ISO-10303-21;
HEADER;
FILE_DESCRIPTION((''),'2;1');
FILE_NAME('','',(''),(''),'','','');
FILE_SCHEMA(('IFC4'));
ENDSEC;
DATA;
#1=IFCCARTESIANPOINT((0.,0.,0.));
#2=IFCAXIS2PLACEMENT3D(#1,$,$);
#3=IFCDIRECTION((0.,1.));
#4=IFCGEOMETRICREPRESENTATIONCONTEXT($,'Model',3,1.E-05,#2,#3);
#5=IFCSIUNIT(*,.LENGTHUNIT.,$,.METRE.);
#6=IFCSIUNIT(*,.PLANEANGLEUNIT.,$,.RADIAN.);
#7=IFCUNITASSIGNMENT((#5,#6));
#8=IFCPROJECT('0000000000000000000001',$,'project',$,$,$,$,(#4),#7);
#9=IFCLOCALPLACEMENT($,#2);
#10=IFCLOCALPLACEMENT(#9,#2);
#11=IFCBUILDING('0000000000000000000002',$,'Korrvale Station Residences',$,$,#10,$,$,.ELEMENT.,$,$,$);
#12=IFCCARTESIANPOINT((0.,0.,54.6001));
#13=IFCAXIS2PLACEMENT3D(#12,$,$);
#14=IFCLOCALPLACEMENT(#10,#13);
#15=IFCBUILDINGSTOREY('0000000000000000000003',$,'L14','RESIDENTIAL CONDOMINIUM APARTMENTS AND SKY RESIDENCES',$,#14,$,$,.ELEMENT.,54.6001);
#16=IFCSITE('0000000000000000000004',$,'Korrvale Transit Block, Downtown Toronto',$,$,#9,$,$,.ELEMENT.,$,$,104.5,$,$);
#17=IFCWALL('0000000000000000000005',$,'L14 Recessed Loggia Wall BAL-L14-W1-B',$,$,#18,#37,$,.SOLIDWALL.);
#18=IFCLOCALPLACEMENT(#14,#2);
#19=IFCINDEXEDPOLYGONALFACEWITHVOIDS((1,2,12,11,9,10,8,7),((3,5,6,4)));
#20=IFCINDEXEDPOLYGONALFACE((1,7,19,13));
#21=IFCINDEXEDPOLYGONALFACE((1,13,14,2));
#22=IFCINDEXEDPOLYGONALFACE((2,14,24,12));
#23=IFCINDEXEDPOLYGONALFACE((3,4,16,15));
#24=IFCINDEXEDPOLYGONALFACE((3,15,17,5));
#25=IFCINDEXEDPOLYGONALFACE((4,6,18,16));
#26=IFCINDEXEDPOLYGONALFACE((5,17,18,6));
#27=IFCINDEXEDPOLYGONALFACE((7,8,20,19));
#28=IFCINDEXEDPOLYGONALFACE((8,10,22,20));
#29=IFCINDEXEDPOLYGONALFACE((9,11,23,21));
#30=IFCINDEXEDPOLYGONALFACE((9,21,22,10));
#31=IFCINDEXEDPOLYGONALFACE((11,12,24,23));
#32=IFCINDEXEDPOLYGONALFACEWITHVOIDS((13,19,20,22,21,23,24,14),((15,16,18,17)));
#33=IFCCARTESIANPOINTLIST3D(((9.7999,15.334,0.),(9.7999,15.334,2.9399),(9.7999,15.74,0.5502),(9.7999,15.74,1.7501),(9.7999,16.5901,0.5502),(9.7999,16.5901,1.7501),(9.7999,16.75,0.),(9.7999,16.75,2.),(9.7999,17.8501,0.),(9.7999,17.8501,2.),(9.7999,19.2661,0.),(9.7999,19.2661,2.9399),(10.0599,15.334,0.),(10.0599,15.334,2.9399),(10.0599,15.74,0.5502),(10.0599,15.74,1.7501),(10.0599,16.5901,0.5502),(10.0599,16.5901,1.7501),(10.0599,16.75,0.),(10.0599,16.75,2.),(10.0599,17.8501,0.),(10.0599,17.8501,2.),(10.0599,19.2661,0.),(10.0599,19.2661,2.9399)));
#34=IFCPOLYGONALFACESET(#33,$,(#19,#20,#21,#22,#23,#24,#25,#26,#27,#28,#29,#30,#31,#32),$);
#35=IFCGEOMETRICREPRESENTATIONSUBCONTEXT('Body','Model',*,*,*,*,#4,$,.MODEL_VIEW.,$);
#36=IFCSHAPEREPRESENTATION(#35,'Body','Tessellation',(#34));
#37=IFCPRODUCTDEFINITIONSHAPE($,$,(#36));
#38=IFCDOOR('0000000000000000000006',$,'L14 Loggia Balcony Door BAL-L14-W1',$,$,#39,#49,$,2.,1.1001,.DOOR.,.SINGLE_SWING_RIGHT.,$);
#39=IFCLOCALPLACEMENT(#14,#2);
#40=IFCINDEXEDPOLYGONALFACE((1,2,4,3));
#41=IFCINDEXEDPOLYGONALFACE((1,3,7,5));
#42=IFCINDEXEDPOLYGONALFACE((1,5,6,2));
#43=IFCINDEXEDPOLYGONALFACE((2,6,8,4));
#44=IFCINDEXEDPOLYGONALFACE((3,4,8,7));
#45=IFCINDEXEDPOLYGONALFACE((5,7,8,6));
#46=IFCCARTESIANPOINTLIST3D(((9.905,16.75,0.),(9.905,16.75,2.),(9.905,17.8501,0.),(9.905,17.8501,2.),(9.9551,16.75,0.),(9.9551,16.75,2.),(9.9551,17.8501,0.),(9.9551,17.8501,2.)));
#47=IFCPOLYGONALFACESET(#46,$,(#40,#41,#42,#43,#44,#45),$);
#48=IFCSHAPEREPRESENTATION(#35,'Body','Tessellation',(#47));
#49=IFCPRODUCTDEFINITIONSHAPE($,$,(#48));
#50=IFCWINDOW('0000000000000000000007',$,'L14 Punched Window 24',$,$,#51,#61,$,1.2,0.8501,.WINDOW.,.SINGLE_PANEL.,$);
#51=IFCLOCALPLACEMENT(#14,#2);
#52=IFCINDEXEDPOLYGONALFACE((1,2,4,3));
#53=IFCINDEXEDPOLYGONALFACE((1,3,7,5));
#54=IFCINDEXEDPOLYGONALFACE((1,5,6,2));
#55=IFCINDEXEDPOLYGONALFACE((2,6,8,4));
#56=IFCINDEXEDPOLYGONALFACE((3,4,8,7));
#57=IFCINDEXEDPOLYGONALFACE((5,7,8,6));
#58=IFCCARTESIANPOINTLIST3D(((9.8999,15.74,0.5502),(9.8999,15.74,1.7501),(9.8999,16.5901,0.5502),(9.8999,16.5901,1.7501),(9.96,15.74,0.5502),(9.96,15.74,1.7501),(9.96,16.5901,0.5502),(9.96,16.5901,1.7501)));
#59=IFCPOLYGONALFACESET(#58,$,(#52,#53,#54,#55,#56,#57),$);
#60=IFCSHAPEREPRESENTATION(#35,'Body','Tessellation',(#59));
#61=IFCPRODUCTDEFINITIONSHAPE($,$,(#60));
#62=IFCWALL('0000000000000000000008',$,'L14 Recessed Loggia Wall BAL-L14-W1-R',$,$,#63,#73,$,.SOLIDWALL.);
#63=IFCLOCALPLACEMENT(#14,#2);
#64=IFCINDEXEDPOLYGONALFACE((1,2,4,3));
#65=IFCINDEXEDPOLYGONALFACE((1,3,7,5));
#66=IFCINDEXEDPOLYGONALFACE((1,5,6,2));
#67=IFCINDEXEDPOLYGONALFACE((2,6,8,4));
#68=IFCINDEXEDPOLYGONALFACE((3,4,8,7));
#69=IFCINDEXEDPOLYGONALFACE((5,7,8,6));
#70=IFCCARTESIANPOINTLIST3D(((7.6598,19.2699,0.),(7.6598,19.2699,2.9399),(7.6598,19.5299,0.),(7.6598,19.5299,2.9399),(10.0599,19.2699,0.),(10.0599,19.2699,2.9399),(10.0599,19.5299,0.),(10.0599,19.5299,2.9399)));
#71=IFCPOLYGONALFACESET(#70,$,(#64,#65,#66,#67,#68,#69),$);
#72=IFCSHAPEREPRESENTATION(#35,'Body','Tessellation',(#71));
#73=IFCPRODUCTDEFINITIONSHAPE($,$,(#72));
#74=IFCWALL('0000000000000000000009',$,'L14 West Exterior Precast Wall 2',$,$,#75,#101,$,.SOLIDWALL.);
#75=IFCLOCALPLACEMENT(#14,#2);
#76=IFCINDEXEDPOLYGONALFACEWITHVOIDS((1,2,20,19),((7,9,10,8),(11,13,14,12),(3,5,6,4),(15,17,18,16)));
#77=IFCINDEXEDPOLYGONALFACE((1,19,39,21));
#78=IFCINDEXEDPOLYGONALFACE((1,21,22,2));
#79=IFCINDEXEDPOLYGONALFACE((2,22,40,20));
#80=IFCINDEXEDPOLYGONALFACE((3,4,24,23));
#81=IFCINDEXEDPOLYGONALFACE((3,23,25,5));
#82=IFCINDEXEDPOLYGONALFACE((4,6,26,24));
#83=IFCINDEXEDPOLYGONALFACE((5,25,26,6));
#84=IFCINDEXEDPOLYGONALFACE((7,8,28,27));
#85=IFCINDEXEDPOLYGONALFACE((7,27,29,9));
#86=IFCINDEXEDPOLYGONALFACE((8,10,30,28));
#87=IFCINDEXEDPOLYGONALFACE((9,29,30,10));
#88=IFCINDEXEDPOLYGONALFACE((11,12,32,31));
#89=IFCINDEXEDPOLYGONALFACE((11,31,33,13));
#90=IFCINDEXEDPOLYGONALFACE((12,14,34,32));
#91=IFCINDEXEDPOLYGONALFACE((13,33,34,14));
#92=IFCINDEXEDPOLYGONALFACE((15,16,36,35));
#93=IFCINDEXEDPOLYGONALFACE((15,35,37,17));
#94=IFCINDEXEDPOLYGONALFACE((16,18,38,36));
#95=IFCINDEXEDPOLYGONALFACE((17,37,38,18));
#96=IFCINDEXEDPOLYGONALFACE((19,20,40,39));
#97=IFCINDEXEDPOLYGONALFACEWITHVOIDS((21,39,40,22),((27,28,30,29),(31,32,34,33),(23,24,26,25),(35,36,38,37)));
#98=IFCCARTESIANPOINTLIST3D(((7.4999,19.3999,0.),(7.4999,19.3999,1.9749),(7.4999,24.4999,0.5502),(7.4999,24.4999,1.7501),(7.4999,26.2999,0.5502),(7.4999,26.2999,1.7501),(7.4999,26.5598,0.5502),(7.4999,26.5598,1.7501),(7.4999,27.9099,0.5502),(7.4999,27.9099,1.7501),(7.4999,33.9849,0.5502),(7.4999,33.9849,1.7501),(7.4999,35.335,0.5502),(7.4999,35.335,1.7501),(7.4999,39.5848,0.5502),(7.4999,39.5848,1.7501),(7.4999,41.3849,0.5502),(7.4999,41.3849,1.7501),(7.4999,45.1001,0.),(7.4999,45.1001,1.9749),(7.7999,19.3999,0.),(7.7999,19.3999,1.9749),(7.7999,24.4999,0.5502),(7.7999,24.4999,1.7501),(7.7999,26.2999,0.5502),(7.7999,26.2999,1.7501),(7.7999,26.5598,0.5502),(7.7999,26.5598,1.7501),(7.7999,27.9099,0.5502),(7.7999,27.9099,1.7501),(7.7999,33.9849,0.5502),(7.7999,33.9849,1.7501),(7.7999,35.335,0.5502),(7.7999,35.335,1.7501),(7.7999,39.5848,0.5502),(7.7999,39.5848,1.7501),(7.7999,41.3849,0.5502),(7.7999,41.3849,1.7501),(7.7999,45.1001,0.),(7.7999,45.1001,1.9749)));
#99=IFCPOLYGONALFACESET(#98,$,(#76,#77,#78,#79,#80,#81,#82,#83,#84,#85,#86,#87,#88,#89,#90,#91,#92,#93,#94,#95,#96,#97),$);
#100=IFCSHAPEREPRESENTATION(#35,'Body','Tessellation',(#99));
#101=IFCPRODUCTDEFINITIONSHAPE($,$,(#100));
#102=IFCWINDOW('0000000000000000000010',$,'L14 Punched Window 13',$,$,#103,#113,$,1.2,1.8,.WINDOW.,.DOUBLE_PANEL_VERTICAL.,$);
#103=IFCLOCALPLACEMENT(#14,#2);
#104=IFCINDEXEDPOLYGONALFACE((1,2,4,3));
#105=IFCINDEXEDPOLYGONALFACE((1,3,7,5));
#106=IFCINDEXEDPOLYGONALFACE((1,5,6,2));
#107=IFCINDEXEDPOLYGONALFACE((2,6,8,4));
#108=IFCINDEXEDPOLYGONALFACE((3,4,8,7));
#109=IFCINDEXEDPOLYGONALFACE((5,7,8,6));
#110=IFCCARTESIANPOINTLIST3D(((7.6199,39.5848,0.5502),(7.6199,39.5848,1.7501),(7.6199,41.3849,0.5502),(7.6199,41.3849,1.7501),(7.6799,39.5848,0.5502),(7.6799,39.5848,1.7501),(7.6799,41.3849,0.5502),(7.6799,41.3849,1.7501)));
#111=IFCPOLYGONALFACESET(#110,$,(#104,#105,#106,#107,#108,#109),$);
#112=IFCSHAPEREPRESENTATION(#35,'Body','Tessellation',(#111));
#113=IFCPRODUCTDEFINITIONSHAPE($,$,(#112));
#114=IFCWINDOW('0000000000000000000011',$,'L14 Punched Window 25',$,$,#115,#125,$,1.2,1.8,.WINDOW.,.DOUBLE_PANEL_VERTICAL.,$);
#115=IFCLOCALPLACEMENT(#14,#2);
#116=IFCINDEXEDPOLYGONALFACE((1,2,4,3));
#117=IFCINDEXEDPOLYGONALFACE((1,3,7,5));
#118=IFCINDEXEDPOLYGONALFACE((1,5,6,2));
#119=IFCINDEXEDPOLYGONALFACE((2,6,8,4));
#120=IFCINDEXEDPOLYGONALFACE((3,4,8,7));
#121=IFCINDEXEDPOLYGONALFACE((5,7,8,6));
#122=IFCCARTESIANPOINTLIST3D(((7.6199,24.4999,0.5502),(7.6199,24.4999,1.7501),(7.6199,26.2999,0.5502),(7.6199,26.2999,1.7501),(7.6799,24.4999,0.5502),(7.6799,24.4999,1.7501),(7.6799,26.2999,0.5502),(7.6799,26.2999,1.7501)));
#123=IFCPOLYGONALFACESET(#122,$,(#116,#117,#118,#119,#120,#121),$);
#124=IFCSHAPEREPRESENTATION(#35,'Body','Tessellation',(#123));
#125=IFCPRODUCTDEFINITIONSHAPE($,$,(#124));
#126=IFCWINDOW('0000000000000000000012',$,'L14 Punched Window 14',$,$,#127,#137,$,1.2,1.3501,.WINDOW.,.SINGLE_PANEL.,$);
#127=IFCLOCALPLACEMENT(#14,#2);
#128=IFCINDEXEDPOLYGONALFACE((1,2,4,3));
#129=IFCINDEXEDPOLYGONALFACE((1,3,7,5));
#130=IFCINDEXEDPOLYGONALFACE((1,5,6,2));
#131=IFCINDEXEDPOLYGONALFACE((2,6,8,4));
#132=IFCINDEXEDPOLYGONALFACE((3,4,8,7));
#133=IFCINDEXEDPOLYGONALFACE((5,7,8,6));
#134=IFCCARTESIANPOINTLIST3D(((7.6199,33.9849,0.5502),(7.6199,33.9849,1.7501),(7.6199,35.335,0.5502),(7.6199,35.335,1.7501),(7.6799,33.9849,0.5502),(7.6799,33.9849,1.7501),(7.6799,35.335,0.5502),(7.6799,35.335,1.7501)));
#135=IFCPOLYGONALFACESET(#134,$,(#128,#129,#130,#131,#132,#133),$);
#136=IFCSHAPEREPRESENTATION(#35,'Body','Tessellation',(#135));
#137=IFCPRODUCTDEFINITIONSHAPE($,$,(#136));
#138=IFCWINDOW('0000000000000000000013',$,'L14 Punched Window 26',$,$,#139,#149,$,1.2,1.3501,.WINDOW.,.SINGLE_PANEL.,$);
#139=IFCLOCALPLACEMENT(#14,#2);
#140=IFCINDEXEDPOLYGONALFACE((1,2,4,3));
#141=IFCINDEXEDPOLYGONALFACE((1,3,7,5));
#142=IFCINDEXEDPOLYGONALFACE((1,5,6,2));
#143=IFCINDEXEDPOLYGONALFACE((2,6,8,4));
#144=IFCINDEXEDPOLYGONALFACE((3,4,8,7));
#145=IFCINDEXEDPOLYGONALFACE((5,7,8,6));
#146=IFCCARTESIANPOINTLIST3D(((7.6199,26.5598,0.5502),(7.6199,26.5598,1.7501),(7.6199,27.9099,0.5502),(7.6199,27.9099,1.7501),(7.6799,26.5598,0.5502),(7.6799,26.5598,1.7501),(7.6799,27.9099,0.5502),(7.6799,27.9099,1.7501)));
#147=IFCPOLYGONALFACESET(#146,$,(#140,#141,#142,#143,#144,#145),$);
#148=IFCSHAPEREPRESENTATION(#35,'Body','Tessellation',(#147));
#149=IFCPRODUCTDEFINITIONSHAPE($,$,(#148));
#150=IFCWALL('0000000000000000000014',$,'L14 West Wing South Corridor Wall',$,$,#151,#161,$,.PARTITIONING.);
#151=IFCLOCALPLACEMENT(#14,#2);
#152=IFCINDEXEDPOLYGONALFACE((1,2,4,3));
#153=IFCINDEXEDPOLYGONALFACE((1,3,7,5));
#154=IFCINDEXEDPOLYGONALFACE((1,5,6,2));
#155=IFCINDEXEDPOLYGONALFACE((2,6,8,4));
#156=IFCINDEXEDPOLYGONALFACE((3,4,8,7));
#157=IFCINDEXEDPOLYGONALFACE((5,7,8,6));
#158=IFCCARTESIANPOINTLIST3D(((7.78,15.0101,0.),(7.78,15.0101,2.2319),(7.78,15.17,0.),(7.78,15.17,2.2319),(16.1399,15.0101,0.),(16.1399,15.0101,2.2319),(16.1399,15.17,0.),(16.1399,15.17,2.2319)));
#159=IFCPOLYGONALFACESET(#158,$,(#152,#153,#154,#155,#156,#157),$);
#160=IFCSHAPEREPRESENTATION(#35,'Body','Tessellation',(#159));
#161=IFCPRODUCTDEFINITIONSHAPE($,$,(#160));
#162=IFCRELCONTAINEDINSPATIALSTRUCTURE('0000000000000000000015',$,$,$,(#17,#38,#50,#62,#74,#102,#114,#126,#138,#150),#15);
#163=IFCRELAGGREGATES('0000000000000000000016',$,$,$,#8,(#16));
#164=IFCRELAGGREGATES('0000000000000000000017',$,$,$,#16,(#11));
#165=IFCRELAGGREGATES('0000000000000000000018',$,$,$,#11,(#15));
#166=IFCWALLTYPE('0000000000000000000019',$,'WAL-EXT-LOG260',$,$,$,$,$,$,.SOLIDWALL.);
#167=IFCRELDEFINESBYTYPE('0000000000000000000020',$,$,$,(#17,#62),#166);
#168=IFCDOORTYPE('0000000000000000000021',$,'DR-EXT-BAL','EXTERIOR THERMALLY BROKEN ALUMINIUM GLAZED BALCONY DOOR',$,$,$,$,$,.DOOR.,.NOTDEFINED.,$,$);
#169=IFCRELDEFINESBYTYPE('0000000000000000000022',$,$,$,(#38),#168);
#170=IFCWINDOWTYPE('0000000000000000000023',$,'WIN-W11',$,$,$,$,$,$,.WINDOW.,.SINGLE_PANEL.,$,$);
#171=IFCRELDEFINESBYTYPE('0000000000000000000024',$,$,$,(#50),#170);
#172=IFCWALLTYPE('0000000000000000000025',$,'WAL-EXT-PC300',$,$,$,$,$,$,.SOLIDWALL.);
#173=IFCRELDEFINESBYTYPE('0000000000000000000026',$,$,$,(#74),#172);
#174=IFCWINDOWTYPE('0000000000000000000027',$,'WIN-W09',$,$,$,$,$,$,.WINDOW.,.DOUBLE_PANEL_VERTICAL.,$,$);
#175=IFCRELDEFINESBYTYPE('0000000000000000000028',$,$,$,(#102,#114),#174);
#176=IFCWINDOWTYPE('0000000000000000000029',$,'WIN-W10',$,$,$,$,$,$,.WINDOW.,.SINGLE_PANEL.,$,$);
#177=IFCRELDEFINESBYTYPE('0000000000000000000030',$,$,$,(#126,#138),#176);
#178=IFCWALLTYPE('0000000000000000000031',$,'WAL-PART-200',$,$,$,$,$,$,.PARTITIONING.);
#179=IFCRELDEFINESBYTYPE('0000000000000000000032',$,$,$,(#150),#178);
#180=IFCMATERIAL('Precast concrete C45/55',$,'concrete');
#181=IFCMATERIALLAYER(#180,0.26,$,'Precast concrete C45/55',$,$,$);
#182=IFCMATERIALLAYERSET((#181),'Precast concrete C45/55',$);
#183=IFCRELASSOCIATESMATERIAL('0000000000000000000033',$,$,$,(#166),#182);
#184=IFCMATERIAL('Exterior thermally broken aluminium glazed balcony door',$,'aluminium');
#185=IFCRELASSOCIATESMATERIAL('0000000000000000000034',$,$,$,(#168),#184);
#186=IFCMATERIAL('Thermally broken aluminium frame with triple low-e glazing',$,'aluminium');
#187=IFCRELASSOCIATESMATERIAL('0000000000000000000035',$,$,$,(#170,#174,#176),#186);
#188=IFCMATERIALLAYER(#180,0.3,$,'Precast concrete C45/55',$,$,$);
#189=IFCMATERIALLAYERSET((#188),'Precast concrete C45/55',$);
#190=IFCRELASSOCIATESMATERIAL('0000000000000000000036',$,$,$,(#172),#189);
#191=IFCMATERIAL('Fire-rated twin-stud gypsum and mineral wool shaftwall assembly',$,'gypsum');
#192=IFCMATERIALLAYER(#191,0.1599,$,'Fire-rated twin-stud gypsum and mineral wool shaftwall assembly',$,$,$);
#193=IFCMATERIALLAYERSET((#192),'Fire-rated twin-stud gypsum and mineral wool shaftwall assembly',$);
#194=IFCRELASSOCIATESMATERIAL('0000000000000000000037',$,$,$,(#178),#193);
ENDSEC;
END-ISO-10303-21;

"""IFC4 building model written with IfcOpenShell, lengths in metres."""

from ifc_helpers import new_model, si_unit, direction, frame, frame_2d, origin, place, context, subcontext, project, spatial, rectangle, extrude, material, layer, layer_set, type_object, element, fill, save


model = new_model("IFC4")

# Units and contexts
model_context = context("Model", 3, precision=1e-05, world=origin(), true_north=direction((0.0, 1.0)))
body_context = subcontext(model_context, "Body", "Model", "MODEL_VIEW")
ifc_project = project(units=[si_unit("LENGTHUNIT", "METRE"), si_unit("PLANEANGLEUNIT", "RADIAN")], contexts=[model_context])

# Site, building, storey
site_placement = place(None, origin())
site = spatial("IfcSite", under=ifc_project, at=site_placement, Name="Korrvale Transit Block, Downtown Toronto", CompositionType="ELEMENT", RefElevation=104.5)
building_placement = place(site_placement, origin())
building = spatial("IfcBuilding", under=site, at=building_placement, Name="Korrvale Station Residences", CompositionType="ELEMENT")
storey_placement = place(building_placement, frame((0.0, 0.0, 54.6001)))
storey = spatial("IfcBuildingStorey", under=building, at=storey_placement, Name="L14", Description="RESIDENTIAL CONDOMINIUM APARTMENTS AND SKY RESIDENCES", CompositionType="ELEMENT", Elevation=54.6001)

# Shared definitions
ifc_material_1 = material(Name="Precast concrete C45/55", Category="concrete")
ifc_layer_1 = layer(ifc_material_1, 0.26, Name="Precast concrete C45/55")
ifc_layer_set_1 = layer_set([ifc_layer_1], Name="Precast concrete C45/55")
wall_type_1 = type_object("IfcWallType", Name="WAL-EXT-LOG260", PredefinedType="SOLIDWALL", material=ifc_layer_set_1)

# Wall, openings, door, window
wall_1_placement = place(storey_placement, frame((9.9299, 15.334, 0.0), z_axis=(0.0, 0.0, 1.0), x_axis=(0.0, 1.0, 0.0)))
wall_1 = element("IfcWall", 1, at=wall_1_placement, inside=storey, type_object=wall_type_1, Name="L14 Recessed Loggia Wall BAL-L14-W1-B", PredefinedType="SOLIDWALL", context=body_context, shape_type="SweptSolid", body=[
    extrude(rectangle(XDim=3.9321, YDim=0.26, at=frame_2d((1.9661, 0.0))), origin(), (0.0, 0.0, 1.0), 2.9399),
])
opening_1_placement = place(wall_1_placement, frame((1.416, 0.0, 0.0)))
opening_1 = element("IfcOpeningElement", 2, at=opening_1_placement, cuts=wall_1, PredefinedType="OPENING", context=body_context, shape_type="SweptSolid", body=[
    extrude(rectangle(XDim=1.1001, YDim=2.0, at=frame_2d((0.55, 1.0))), frame((0.0, 0.1401, 0.0), z_axis=(0.0, -1.0, 0.0), x_axis=(1.0, 0.0, 0.0)), (0.0, 0.0, 1.0), 0.28),
])
opening_2_placement = place(wall_1_placement, frame((0.406, 0.0, 0.55)))
opening_2 = element("IfcOpeningElement", 3, at=opening_2_placement, cuts=wall_1, PredefinedType="OPENING", context=body_context, shape_type="SweptSolid", body=[
    extrude(rectangle(XDim=0.8501, YDim=1.2, at=frame_2d((0.425, 0.6001))), frame((0.0, 0.1401, 0.0), z_axis=(0.0, -1.0, 0.0), x_axis=(1.0, 0.0, 0.0)), (0.0, 0.0, 1.0), 0.28),
])
ifc_material_2 = material(Name="Exterior thermally broken aluminium glazed balcony door", Category="aluminium")
door_type = type_object("IfcDoorType", Name="DR-EXT-BAL", Description="EXTERIOR THERMALLY BROKEN ALUMINIUM GLAZED BALCONY DOOR", OperationType="NOTDEFINED", PredefinedType="DOOR", material=ifc_material_2)
door_placement = place(opening_1_placement, origin())
door = element("IfcDoor", 4, at=door_placement, inside=storey, type_object=door_type, Name="L14 Loggia Balcony Door BAL-L14-W1", OperationType="SINGLE_SWING_RIGHT", OverallHeight=2.0, OverallWidth=1.1001, PredefinedType="DOOR", context=body_context, shape_type="SweptSolid", body=[
    extrude(rectangle(XDim=1.1001, YDim=2.0, at=frame_2d((0.55, 1.0))), frame((0.0, 0.0249, 0.0), z_axis=(0.0, -1.0, 0.0), x_axis=(1.0, 0.0, 0.0)), (0.0, 0.0, 1.0), 0.05),
])
fill(opening_1, door)
ifc_material_3 = material(Name="Thermally broken aluminium frame with triple low-e glazing", Category="aluminium")
window_type_1 = type_object("IfcWindowType", Name="WIN-W11", PartitioningType="SINGLE_PANEL", PredefinedType="WINDOW", material=ifc_material_3)
window_1_placement = place(opening_2_placement, origin())
window_1 = element("IfcWindow", 5, at=window_1_placement, inside=storey, type_object=window_type_1, Name="L14 Punched Window 24", OverallHeight=1.2, OverallWidth=0.8501, PartitioningType="SINGLE_PANEL", PredefinedType="WINDOW", context=body_context, shape_type="SweptSolid", body=[
    extrude(rectangle(XDim=0.8501, YDim=1.2, at=frame_2d((0.425, 0.6001))), frame((0.0, 0.03, 0.0), z_axis=(0.0, -1.0, 0.0), x_axis=(1.0, 0.0, 0.0)), (0.0, 0.0, 1.0), 0.0601),
])
fill(opening_2, window_1)

# Wall
wall_2_placement = place(storey_placement, frame((10.0601, 19.3999, 0.0), z_axis=(0.0, 0.0, 1.0), x_axis=(-1.0, 0.0, 0.0)))
element("IfcWall", 6, at=wall_2_placement, inside=storey, type_object=wall_type_1, Name="L14 Recessed Loggia Wall BAL-L14-W1-R", PredefinedType="SOLIDWALL", context=body_context, shape_type="SweptSolid", body=[
    extrude(rectangle(XDim=2.4001, YDim=0.26, at=frame_2d((1.2002, 0.0))), origin(), (0.0, 0.0, 1.0), 2.9399),
])

# Wall, openings, windows
ifc_layer_2 = layer(ifc_material_1, 0.3, Name="Precast concrete C45/55")
ifc_layer_set_2 = layer_set([ifc_layer_2], Name="Precast concrete C45/55")
wall_type_2 = type_object("IfcWallType", Name="WAL-EXT-PC300", PredefinedType="SOLIDWALL", material=ifc_layer_set_2)
wall_3_placement = place(storey_placement, frame((7.6499, 19.3999, 0.0), z_axis=(0.0, 0.0, 1.0), x_axis=(0.0, 1.0, 0.0)))
wall_3 = element("IfcWall", 7, at=wall_3_placement, inside=storey, type_object=wall_type_2, Name="L14 West Exterior Precast Wall 2", PredefinedType="SOLIDWALL", context=body_context, shape_type="SweptSolid", body=[
    extrude(rectangle(XDim=25.7002, YDim=0.3, at=frame_2d((12.8501, 0.0))), origin(), (0.0, 0.0, 1.0), 1.9749),
])
opening_3_placement = place(wall_3_placement, frame((20.1851, 0.0, 0.55)))
opening_3 = element("IfcOpeningElement", 8, at=opening_3_placement, cuts=wall_3, PredefinedType="OPENING", context=body_context, shape_type="SweptSolid", body=[
    extrude(rectangle(XDim=1.8, YDim=1.2, at=frame_2d((0.8999, 0.6001))), frame((0.0, 0.1602, 0.0), z_axis=(0.0, -1.0, 0.0), x_axis=(1.0, 0.0, 0.0)), (0.0, 0.0, 1.0), 0.3201),
])
opening_4_placement = place(wall_3_placement, frame((14.585, 0.0, 0.55)))
opening_4 = element("IfcOpeningElement", 9, at=opening_4_placement, cuts=wall_3, PredefinedType="OPENING", context=body_context, shape_type="SweptSolid", body=[
    extrude(rectangle(XDim=1.3501, YDim=1.2, at=frame_2d((0.675, 0.6001))), frame((0.0, 0.1602, 0.0), z_axis=(0.0, -1.0, 0.0), x_axis=(1.0, 0.0, 0.0)), (0.0, 0.0, 1.0), 0.3201),
])
opening_5_placement = place(wall_3_placement, frame((5.1001, 0.0, 0.55)))
opening_5 = element("IfcOpeningElement", 10, at=opening_5_placement, cuts=wall_3, PredefinedType="OPENING", context=body_context, shape_type="SweptSolid", body=[
    extrude(rectangle(XDim=1.8, YDim=1.2, at=frame_2d((0.8999, 0.6001))), frame((0.0, 0.1602, 0.0), z_axis=(0.0, -1.0, 0.0), x_axis=(1.0, 0.0, 0.0)), (0.0, 0.0, 1.0), 0.3201),
])
opening_6_placement = place(wall_3_placement, frame((7.1599, 0.0, 0.55)))
opening_6 = element("IfcOpeningElement", 11, at=opening_6_placement, cuts=wall_3, PredefinedType="OPENING", context=body_context, shape_type="SweptSolid", body=[
    extrude(rectangle(XDim=1.3501, YDim=1.2, at=frame_2d((0.675, 0.6001))), frame((0.0, 0.1602, 0.0), z_axis=(0.0, -1.0, 0.0), x_axis=(1.0, 0.0, 0.0)), (0.0, 0.0, 1.0), 0.3201),
])
window_type_2 = type_object("IfcWindowType", Name="WIN-W09", PartitioningType="DOUBLE_PANEL_VERTICAL", PredefinedType="WINDOW", material=ifc_material_3)
window_2_placement = place(opening_3_placement, origin())
window_2 = element("IfcWindow", 12, at=window_2_placement, inside=storey, type_object=window_type_2, Name="L14 Punched Window 13", OverallHeight=1.2, OverallWidth=1.8, PartitioningType="DOUBLE_PANEL_VERTICAL", PredefinedType="WINDOW", context=body_context, shape_type="SweptSolid", body=[
    extrude(rectangle(XDim=1.8, YDim=1.2, at=frame_2d((0.8999, 0.6001))), frame((0.0, 0.03, 0.0), z_axis=(0.0, -1.0, 0.0), x_axis=(1.0, 0.0, 0.0)), (0.0, 0.0, 1.0), 0.0601),
])
fill(opening_3, window_2)
window_3_placement = place(opening_5_placement, origin())
window_3 = element("IfcWindow", 13, at=window_3_placement, inside=storey, type_object=window_type_2, Name="L14 Punched Window 25", OverallHeight=1.2, OverallWidth=1.8, PartitioningType="DOUBLE_PANEL_VERTICAL", PredefinedType="WINDOW", context=body_context, shape_type="SweptSolid", body=[
    extrude(rectangle(XDim=1.8, YDim=1.2, at=frame_2d((0.8999, 0.6001))), frame((0.0, 0.03, 0.0), z_axis=(0.0, -1.0, 0.0), x_axis=(1.0, 0.0, 0.0)), (0.0, 0.0, 1.0), 0.0601),
])
fill(opening_5, window_3)
window_type_3 = type_object("IfcWindowType", Name="WIN-W10", PartitioningType="SINGLE_PANEL", PredefinedType="WINDOW", material=ifc_material_3)
window_4_placement = place(opening_4_placement, origin())
window_4 = element("IfcWindow", 14, at=window_4_placement, inside=storey, type_object=window_type_3, Name="L14 Punched Window 14", OverallHeight=1.2, OverallWidth=1.3501, PartitioningType="SINGLE_PANEL", PredefinedType="WINDOW", context=body_context, shape_type="SweptSolid", body=[
    extrude(rectangle(XDim=1.3501, YDim=1.2, at=frame_2d((0.675, 0.6001))), frame((0.0, 0.03, 0.0), z_axis=(0.0, -1.0, 0.0), x_axis=(1.0, 0.0, 0.0)), (0.0, 0.0, 1.0), 0.0601),
])
fill(opening_4, window_4)
window_5_placement = place(opening_6_placement, origin())
window_5 = element("IfcWindow", 15, at=window_5_placement, inside=storey, type_object=window_type_3, Name="L14 Punched Window 26", OverallHeight=1.2, OverallWidth=1.3501, PartitioningType="SINGLE_PANEL", PredefinedType="WINDOW", context=body_context, shape_type="SweptSolid", body=[
    extrude(rectangle(XDim=1.3501, YDim=1.2, at=frame_2d((0.675, 0.6001))), frame((0.0, 0.03, 0.0), z_axis=(0.0, -1.0, 0.0), x_axis=(1.0, 0.0, 0.0)), (0.0, 0.0, 1.0), 0.0601),
])
fill(opening_6, window_5)

# Wall
ifc_material_4 = material(Name="Fire-rated twin-stud gypsum and mineral wool shaftwall assembly", Category="gypsum")
ifc_layer_3 = layer(ifc_material_4, 0.1599, Name="Fire-rated twin-stud gypsum and mineral wool shaftwall assembly")
ifc_layer_set_3 = layer_set([ifc_layer_3], Name="Fire-rated twin-stud gypsum and mineral wool shaftwall assembly")
wall_type_3 = type_object("IfcWallType", Name="WAL-PART-200", PredefinedType="PARTITIONING", material=ifc_layer_set_3)
wall_4_placement = place(storey_placement, frame((7.78, 15.0901, 0.0), z_axis=(0.0, 0.0, 1.0), x_axis=(1.0, 0.0, 0.0)))
element("IfcWall", 16, at=wall_4_placement, inside=storey, type_object=wall_type_3, Name="L14 West Wing South Corridor Wall", PredefinedType="PARTITIONING", context=body_context, shape_type="SweptSolid", body=[
    extrude(rectangle(XDim=8.3599, YDim=0.1599, at=frame_2d((4.1799, 0.0))), origin(), (0.0, 0.0, 1.0), 2.2319),
])

save(model, "model.ifc")
